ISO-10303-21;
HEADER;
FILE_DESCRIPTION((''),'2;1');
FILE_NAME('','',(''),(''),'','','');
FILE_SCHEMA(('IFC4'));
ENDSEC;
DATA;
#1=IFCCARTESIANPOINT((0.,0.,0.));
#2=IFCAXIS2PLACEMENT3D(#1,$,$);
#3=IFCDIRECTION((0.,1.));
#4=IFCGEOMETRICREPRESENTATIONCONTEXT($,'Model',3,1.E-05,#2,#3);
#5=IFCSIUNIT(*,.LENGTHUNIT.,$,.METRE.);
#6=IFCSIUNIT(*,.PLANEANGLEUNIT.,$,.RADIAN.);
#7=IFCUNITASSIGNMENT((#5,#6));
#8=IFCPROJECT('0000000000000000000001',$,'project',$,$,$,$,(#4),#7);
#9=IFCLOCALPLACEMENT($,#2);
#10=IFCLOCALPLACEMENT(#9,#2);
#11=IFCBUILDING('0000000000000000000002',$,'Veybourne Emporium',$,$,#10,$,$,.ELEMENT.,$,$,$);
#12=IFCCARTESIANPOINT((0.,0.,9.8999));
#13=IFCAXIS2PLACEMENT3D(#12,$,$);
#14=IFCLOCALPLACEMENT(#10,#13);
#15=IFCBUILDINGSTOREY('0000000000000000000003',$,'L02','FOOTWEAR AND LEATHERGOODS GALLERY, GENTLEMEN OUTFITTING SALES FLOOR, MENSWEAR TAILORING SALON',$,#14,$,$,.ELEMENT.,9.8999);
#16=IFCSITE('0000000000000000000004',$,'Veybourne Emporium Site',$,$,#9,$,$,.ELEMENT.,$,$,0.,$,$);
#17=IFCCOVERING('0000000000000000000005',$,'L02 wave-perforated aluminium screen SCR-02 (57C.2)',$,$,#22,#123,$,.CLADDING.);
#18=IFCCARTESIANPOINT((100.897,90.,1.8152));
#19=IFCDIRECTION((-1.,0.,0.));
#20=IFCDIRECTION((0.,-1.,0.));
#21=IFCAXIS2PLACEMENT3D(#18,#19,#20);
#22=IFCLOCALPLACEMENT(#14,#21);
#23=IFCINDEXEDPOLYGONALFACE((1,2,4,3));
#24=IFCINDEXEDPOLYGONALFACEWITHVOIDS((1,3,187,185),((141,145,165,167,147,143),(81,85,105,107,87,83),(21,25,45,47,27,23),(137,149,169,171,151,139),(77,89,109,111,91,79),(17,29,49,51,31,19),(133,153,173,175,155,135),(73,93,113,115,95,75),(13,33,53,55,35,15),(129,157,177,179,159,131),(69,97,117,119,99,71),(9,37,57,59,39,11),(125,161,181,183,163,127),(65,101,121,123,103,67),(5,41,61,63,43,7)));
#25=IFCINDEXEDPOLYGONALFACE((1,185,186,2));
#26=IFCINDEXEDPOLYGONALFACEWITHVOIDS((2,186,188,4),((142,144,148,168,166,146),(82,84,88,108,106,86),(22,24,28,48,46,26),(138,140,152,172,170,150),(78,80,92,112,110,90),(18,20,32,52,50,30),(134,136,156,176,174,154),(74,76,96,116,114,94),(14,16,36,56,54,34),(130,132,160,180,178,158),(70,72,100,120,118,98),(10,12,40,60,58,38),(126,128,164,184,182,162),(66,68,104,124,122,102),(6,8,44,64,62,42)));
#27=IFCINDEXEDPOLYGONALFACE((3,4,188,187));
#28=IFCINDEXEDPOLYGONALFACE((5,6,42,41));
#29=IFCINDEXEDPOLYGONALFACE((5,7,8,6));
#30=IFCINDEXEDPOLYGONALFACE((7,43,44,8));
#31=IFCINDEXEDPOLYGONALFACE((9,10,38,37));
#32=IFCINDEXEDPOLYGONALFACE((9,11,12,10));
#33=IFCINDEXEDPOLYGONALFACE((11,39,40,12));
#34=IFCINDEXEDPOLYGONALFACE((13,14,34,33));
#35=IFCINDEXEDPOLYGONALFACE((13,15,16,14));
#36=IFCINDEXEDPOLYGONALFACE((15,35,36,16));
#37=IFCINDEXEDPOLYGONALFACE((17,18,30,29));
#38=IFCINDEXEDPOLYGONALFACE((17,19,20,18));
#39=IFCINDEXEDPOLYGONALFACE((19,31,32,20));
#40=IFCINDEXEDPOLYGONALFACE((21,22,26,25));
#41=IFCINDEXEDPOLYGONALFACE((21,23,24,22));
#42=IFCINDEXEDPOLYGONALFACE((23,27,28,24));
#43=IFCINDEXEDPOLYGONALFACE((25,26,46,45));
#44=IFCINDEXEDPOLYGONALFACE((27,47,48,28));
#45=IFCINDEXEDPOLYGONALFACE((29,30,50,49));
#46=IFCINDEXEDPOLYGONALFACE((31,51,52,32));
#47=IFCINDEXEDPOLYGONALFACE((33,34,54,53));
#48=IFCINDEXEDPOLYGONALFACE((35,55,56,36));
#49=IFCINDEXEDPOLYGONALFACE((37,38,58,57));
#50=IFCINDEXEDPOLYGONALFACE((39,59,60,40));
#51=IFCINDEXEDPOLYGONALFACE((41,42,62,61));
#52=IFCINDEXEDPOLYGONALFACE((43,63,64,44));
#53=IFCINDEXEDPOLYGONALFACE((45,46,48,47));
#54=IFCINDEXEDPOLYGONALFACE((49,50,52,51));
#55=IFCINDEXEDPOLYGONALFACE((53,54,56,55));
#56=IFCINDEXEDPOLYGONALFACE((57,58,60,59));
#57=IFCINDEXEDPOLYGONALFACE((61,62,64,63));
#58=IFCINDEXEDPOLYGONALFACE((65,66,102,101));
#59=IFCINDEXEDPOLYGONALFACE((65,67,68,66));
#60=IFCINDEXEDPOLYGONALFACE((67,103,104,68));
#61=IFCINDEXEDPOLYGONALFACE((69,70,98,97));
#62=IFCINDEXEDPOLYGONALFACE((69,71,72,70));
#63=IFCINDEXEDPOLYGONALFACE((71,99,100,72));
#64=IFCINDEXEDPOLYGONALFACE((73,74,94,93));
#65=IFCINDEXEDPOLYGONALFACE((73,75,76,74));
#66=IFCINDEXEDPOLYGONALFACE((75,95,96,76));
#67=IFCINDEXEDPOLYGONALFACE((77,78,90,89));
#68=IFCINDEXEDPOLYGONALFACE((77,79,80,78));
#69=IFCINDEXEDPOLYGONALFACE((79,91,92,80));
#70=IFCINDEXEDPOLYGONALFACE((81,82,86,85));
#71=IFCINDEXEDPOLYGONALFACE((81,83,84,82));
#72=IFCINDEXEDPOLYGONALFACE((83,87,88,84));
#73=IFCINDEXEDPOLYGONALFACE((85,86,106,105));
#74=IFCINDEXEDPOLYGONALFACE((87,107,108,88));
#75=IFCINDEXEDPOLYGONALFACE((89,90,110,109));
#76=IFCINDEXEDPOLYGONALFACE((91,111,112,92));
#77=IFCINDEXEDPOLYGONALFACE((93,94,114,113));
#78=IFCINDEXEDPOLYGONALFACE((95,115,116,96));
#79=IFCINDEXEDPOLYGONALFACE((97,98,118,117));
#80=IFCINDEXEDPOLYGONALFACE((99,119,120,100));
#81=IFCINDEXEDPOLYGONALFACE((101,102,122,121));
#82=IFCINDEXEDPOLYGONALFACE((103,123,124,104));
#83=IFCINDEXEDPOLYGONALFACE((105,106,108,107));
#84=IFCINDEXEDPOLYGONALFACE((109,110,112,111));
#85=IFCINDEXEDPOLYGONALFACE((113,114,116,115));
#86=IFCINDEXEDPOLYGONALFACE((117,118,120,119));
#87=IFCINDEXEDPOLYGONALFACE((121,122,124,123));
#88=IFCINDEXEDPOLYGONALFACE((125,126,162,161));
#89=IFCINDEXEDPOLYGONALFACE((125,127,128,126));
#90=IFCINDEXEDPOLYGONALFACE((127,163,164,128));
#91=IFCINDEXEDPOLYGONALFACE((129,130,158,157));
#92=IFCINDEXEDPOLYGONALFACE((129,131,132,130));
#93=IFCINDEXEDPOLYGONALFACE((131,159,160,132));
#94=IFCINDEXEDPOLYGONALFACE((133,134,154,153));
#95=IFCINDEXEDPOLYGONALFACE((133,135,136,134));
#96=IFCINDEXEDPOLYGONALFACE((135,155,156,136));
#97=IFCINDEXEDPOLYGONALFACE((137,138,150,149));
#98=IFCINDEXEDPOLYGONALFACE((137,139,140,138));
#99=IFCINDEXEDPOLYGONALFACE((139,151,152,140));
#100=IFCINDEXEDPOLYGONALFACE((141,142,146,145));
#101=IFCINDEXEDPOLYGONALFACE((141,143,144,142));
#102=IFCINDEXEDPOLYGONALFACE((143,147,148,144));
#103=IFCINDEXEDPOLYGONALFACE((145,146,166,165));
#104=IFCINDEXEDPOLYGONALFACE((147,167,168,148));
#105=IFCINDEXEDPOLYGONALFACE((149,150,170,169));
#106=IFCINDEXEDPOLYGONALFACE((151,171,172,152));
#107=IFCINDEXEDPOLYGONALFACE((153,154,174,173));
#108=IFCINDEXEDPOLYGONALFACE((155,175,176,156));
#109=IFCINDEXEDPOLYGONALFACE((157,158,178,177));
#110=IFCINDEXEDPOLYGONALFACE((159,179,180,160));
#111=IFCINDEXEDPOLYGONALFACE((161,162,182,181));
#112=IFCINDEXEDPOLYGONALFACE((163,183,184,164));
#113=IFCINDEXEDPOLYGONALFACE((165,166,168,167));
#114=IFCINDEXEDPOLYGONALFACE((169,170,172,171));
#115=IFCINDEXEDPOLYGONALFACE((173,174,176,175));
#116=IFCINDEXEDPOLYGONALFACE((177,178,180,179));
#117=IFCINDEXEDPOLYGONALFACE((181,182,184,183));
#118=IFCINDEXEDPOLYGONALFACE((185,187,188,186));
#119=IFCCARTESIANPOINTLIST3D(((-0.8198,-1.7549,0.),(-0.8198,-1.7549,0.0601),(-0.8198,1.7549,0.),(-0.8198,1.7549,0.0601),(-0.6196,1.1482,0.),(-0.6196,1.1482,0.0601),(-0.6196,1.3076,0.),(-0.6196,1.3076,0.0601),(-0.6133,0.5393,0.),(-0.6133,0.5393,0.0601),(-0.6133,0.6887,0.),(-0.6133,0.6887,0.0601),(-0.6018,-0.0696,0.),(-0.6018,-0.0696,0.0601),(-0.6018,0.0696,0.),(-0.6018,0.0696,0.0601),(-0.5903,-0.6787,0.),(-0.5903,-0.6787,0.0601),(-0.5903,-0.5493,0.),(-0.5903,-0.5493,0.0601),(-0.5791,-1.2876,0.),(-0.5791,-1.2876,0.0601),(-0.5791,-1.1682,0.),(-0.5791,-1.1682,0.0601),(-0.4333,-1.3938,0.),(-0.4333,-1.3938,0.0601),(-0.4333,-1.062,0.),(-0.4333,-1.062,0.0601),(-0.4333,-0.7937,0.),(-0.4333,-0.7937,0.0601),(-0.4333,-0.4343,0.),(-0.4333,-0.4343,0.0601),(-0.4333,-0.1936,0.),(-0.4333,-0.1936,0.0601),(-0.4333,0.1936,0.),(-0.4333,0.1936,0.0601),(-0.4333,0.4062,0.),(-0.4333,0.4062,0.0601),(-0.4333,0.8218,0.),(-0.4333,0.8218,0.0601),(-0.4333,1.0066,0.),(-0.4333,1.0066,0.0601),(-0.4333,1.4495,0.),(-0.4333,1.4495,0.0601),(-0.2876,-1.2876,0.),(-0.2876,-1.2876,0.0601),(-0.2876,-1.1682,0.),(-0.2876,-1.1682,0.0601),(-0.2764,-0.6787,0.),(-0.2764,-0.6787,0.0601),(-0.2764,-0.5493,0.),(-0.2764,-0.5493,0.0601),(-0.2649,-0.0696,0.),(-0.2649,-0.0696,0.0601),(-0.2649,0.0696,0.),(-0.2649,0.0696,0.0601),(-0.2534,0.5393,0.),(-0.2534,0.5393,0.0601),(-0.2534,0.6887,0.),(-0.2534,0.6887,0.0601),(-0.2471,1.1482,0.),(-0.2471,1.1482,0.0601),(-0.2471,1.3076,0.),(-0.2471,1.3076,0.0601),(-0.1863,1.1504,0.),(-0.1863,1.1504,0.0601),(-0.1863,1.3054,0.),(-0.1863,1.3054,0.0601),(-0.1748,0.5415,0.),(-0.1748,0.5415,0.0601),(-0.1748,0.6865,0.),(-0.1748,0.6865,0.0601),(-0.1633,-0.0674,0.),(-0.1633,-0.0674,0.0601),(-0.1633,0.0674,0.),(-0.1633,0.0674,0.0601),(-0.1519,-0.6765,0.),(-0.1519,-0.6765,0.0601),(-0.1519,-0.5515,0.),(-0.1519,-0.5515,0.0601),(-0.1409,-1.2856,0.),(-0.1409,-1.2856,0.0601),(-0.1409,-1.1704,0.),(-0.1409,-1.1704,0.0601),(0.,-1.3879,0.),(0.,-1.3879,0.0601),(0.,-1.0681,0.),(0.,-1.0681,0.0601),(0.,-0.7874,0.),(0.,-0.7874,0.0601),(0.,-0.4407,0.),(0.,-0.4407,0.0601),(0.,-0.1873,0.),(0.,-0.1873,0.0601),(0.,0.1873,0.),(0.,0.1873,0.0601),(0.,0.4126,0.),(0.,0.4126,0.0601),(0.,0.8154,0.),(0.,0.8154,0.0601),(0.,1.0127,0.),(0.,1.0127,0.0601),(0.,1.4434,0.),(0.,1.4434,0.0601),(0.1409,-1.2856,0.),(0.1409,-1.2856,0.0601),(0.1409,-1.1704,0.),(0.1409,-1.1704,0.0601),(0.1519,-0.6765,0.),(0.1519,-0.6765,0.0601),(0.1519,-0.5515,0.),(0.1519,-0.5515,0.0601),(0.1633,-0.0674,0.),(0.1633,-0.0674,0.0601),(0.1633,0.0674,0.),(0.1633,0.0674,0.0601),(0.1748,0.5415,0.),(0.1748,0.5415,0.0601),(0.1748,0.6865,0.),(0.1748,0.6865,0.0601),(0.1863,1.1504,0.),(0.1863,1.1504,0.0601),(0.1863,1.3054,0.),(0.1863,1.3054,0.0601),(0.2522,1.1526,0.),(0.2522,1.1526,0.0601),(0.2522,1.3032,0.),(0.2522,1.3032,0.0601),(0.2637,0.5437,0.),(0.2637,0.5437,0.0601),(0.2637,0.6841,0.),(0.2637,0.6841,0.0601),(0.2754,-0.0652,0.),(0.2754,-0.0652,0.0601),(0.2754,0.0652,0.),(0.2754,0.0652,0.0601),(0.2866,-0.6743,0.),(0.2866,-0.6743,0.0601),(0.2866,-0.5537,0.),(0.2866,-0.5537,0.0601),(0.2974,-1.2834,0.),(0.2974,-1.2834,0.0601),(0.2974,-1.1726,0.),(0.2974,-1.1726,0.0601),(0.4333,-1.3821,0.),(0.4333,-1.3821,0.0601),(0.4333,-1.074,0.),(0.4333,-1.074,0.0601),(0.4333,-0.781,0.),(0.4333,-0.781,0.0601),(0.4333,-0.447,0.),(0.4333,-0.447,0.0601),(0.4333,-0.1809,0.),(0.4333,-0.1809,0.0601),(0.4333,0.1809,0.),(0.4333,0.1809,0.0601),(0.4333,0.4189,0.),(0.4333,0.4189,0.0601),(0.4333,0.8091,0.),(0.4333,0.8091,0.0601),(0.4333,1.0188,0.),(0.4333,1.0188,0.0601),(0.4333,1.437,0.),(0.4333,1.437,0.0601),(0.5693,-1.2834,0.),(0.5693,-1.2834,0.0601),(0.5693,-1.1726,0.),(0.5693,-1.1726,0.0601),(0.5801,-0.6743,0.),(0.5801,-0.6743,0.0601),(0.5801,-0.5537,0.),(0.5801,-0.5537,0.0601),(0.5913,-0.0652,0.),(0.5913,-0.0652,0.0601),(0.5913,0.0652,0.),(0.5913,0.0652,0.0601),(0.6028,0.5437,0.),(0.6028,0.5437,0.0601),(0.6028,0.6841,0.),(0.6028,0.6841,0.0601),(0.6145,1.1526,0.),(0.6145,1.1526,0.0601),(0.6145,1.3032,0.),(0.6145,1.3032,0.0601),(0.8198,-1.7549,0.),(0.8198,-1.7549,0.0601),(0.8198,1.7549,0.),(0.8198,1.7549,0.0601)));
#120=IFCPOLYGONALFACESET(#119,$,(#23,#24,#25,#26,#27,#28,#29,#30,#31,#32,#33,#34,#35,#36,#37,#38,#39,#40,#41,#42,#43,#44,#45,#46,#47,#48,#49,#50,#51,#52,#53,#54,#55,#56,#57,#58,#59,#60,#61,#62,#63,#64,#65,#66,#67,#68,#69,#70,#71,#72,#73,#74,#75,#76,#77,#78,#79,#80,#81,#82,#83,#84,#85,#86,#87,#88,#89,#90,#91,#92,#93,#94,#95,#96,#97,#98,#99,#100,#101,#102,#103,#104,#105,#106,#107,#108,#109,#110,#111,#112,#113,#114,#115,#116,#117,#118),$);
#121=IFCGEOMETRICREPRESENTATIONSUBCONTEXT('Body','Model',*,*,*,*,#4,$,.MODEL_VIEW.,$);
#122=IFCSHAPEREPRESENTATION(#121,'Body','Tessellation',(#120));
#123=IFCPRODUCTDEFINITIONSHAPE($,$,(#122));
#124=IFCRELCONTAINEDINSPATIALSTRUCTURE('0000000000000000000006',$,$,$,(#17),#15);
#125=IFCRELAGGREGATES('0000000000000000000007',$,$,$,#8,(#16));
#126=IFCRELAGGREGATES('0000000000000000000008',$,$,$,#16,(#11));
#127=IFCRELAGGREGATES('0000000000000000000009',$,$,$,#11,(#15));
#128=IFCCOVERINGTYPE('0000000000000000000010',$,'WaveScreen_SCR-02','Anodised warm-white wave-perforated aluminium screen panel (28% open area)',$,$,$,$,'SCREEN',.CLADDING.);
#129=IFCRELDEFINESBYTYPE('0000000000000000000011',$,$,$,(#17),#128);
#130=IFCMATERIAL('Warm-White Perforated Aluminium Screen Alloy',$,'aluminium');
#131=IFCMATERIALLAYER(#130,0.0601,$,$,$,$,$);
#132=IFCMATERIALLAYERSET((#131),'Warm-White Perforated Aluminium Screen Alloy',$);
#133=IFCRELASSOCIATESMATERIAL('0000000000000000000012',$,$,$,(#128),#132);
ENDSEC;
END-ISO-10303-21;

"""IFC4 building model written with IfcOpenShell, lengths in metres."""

from ifc_helpers import new_model, si_unit, direction, frame, origin, place, context, subcontext, project, spatial, polyline, outline, extrude, material, layer, layer_set, type_object, element, save


model = new_model("IFC4")

# Units and contexts
model_context = context("Model", 3, precision=1e-05, world=origin(), true_north=direction((0.0, 1.0)))
body_context = subcontext(model_context, "Body", "Model", "MODEL_VIEW")
ifc_project = project(units=[si_unit("LENGTHUNIT", "METRE"), si_unit("PLANEANGLEUNIT", "RADIAN")], contexts=[model_context])

# Site, building, storey
site_placement = place(None, origin())
site = spatial("IfcSite", under=ifc_project, at=site_placement, Name="Veybourne Emporium Site", CompositionType="ELEMENT", RefElevation=0.0)
building_placement = place(site_placement, origin())
building = spatial("IfcBuilding", under=site, at=building_placement, Name="Veybourne Emporium", CompositionType="ELEMENT")
storey_placement = place(building_placement, frame((0.0, 0.0, 9.8999)))
storey = spatial("IfcBuildingStorey", under=building, at=storey_placement, Name="L02", Description="FOOTWEAR AND LEATHERGOODS GALLERY, GENTLEMEN OUTFITTING SALES FLOOR, MENSWEAR TAILORING SALON", CompositionType="ELEMENT", Elevation=9.8999)

# Covering
ifc_material_1 = material(Name="Warm-White Perforated Aluminium Screen Alloy", Category="aluminium")
ifc_layer_1 = layer(ifc_material_1, 0.0601)
ifc_layer_set_1 = layer_set([ifc_layer_1], Name="Warm-White Perforated Aluminium Screen Alloy")
covering_type_1 = type_object("IfcCoveringType", Name="WaveScreen_SCR-02", Description="Anodised warm-white wave-perforated aluminium screen panel (28% open area)", ElementType="SCREEN", PredefinedType="CLADDING", material=ifc_layer_set_1)
covering_1_placement = place(storey_placement, frame((100.897, 90.0, 1.8152), z_axis=(-1.0, 0.0, 0.0), x_axis=(0.0, -1.0, 0.0)))
element("IfcCovering", 1, at=covering_1_placement, inside=storey, type_object=covering_type_1, Name="L02 wave-perforated aluminium screen SCR-02 (57C.2)", PredefinedType="CLADDING", context=body_context, shape_type="SweptSolid", body=[
    extrude(outline(polyline([(-0.8198, -1.7549), (0.8198, -1.7549), (0.8198, 1.7549), (-0.8198, 1.7549), (-0.8198, -1.7549)]), holes=[polyline([(-0.4333, -1.062), (-0.2876, -1.1682), (-0.2876, -1.2876), (-0.4333, -1.3938), (-0.5791, -1.2876), (-0.5791, -1.1682), (-0.4333, -1.062)]), polyline([(-0.4333, -0.4343), (-0.2764, -0.5493), (-0.2764, -0.6787), (-0.4333, -0.7937), (-0.5903, -0.6787), (-0.5903, -0.5493), (-0.4333, -0.4343)]), polyline([(-0.4333, 0.1936), (-0.2649, 0.0696), (-0.2649, -0.0696), (-0.4333, -0.1936), (-0.6018, -0.0696), (-0.6018, 0.0696), (-0.4333, 0.1936)]), polyline([(-0.4333, 0.8218), (-0.2534, 0.6887), (-0.2534, 0.5393), (-0.4333, 0.4062), (-0.6133, 0.5393), (-0.6133, 0.6887), (-0.4333, 0.8218)]), polyline([(-0.4333, 1.4495), (-0.2471, 1.3076), (-0.2471, 1.1482), (-0.4333, 1.0066), (-0.6196, 1.1482), (-0.6196, 1.3076), (-0.4333, 1.4495)]), polyline([(0.0, -1.0681), (0.1409, -1.1704), (0.1409, -1.2856), (0.0, -1.3879), (-0.1409, -1.2856), (-0.1409, -1.1704), (0.0, -1.0681)]), polyline([(0.0, -0.4407), (0.1519, -0.5515), (0.1519, -0.6765), (0.0, -0.7874), (-0.1519, -0.6765), (-0.1519, -0.5515), (0.0, -0.4407)]), polyline([(0.0, 0.1873), (0.1633, 0.0674), (0.1633, -0.0674), (0.0, -0.1873), (-0.1633, -0.0674), (-0.1633, 0.0674), (0.0, 0.1873)]), polyline([(0.0, 0.8154), (0.1748, 0.6865), (0.1748, 0.5415), (0.0, 0.4126), (-0.1748, 0.5415), (-0.1748, 0.6865), (0.0, 0.8154)]), polyline([(0.0, 1.4434), (0.1863, 1.3054), (0.1863, 1.1504), (0.0, 1.0127), (-0.1863, 1.1504), (-0.1863, 1.3054), (0.0, 1.4434)]), polyline([(0.4333, -1.074), (0.5693, -1.1726), (0.5693, -1.2834), (0.4333, -1.3821), (0.2974, -1.2834), (0.2974, -1.1726), (0.4333, -1.074)]), polyline([(0.4333, -0.447), (0.5801, -0.5537), (0.5801, -0.6743), (0.4333, -0.781), (0.2866, -0.6743), (0.2866, -0.5537), (0.4333, -0.447)]), polyline([(0.4333, 0.1809), (0.5913, 0.0652), (0.5913, -0.0652), (0.4333, -0.1809), (0.2754, -0.0652), (0.2754, 0.0652), (0.4333, 0.1809)]), polyline([(0.4333, 0.8091), (0.6028, 0.6841), (0.6028, 0.5437), (0.4333, 0.4189), (0.2637, 0.5437), (0.2637, 0.6841), (0.4333, 0.8091)]), polyline([(0.4333, 1.437), (0.6145, 1.3032), (0.6145, 1.1526), (0.4333, 1.0188), (0.2522, 1.1526), (0.2522, 1.3032), (0.4333, 1.437)])]), origin(), (0.0, 0.0, 1.0), 0.0601),
])

save(model, "model.ifc")
